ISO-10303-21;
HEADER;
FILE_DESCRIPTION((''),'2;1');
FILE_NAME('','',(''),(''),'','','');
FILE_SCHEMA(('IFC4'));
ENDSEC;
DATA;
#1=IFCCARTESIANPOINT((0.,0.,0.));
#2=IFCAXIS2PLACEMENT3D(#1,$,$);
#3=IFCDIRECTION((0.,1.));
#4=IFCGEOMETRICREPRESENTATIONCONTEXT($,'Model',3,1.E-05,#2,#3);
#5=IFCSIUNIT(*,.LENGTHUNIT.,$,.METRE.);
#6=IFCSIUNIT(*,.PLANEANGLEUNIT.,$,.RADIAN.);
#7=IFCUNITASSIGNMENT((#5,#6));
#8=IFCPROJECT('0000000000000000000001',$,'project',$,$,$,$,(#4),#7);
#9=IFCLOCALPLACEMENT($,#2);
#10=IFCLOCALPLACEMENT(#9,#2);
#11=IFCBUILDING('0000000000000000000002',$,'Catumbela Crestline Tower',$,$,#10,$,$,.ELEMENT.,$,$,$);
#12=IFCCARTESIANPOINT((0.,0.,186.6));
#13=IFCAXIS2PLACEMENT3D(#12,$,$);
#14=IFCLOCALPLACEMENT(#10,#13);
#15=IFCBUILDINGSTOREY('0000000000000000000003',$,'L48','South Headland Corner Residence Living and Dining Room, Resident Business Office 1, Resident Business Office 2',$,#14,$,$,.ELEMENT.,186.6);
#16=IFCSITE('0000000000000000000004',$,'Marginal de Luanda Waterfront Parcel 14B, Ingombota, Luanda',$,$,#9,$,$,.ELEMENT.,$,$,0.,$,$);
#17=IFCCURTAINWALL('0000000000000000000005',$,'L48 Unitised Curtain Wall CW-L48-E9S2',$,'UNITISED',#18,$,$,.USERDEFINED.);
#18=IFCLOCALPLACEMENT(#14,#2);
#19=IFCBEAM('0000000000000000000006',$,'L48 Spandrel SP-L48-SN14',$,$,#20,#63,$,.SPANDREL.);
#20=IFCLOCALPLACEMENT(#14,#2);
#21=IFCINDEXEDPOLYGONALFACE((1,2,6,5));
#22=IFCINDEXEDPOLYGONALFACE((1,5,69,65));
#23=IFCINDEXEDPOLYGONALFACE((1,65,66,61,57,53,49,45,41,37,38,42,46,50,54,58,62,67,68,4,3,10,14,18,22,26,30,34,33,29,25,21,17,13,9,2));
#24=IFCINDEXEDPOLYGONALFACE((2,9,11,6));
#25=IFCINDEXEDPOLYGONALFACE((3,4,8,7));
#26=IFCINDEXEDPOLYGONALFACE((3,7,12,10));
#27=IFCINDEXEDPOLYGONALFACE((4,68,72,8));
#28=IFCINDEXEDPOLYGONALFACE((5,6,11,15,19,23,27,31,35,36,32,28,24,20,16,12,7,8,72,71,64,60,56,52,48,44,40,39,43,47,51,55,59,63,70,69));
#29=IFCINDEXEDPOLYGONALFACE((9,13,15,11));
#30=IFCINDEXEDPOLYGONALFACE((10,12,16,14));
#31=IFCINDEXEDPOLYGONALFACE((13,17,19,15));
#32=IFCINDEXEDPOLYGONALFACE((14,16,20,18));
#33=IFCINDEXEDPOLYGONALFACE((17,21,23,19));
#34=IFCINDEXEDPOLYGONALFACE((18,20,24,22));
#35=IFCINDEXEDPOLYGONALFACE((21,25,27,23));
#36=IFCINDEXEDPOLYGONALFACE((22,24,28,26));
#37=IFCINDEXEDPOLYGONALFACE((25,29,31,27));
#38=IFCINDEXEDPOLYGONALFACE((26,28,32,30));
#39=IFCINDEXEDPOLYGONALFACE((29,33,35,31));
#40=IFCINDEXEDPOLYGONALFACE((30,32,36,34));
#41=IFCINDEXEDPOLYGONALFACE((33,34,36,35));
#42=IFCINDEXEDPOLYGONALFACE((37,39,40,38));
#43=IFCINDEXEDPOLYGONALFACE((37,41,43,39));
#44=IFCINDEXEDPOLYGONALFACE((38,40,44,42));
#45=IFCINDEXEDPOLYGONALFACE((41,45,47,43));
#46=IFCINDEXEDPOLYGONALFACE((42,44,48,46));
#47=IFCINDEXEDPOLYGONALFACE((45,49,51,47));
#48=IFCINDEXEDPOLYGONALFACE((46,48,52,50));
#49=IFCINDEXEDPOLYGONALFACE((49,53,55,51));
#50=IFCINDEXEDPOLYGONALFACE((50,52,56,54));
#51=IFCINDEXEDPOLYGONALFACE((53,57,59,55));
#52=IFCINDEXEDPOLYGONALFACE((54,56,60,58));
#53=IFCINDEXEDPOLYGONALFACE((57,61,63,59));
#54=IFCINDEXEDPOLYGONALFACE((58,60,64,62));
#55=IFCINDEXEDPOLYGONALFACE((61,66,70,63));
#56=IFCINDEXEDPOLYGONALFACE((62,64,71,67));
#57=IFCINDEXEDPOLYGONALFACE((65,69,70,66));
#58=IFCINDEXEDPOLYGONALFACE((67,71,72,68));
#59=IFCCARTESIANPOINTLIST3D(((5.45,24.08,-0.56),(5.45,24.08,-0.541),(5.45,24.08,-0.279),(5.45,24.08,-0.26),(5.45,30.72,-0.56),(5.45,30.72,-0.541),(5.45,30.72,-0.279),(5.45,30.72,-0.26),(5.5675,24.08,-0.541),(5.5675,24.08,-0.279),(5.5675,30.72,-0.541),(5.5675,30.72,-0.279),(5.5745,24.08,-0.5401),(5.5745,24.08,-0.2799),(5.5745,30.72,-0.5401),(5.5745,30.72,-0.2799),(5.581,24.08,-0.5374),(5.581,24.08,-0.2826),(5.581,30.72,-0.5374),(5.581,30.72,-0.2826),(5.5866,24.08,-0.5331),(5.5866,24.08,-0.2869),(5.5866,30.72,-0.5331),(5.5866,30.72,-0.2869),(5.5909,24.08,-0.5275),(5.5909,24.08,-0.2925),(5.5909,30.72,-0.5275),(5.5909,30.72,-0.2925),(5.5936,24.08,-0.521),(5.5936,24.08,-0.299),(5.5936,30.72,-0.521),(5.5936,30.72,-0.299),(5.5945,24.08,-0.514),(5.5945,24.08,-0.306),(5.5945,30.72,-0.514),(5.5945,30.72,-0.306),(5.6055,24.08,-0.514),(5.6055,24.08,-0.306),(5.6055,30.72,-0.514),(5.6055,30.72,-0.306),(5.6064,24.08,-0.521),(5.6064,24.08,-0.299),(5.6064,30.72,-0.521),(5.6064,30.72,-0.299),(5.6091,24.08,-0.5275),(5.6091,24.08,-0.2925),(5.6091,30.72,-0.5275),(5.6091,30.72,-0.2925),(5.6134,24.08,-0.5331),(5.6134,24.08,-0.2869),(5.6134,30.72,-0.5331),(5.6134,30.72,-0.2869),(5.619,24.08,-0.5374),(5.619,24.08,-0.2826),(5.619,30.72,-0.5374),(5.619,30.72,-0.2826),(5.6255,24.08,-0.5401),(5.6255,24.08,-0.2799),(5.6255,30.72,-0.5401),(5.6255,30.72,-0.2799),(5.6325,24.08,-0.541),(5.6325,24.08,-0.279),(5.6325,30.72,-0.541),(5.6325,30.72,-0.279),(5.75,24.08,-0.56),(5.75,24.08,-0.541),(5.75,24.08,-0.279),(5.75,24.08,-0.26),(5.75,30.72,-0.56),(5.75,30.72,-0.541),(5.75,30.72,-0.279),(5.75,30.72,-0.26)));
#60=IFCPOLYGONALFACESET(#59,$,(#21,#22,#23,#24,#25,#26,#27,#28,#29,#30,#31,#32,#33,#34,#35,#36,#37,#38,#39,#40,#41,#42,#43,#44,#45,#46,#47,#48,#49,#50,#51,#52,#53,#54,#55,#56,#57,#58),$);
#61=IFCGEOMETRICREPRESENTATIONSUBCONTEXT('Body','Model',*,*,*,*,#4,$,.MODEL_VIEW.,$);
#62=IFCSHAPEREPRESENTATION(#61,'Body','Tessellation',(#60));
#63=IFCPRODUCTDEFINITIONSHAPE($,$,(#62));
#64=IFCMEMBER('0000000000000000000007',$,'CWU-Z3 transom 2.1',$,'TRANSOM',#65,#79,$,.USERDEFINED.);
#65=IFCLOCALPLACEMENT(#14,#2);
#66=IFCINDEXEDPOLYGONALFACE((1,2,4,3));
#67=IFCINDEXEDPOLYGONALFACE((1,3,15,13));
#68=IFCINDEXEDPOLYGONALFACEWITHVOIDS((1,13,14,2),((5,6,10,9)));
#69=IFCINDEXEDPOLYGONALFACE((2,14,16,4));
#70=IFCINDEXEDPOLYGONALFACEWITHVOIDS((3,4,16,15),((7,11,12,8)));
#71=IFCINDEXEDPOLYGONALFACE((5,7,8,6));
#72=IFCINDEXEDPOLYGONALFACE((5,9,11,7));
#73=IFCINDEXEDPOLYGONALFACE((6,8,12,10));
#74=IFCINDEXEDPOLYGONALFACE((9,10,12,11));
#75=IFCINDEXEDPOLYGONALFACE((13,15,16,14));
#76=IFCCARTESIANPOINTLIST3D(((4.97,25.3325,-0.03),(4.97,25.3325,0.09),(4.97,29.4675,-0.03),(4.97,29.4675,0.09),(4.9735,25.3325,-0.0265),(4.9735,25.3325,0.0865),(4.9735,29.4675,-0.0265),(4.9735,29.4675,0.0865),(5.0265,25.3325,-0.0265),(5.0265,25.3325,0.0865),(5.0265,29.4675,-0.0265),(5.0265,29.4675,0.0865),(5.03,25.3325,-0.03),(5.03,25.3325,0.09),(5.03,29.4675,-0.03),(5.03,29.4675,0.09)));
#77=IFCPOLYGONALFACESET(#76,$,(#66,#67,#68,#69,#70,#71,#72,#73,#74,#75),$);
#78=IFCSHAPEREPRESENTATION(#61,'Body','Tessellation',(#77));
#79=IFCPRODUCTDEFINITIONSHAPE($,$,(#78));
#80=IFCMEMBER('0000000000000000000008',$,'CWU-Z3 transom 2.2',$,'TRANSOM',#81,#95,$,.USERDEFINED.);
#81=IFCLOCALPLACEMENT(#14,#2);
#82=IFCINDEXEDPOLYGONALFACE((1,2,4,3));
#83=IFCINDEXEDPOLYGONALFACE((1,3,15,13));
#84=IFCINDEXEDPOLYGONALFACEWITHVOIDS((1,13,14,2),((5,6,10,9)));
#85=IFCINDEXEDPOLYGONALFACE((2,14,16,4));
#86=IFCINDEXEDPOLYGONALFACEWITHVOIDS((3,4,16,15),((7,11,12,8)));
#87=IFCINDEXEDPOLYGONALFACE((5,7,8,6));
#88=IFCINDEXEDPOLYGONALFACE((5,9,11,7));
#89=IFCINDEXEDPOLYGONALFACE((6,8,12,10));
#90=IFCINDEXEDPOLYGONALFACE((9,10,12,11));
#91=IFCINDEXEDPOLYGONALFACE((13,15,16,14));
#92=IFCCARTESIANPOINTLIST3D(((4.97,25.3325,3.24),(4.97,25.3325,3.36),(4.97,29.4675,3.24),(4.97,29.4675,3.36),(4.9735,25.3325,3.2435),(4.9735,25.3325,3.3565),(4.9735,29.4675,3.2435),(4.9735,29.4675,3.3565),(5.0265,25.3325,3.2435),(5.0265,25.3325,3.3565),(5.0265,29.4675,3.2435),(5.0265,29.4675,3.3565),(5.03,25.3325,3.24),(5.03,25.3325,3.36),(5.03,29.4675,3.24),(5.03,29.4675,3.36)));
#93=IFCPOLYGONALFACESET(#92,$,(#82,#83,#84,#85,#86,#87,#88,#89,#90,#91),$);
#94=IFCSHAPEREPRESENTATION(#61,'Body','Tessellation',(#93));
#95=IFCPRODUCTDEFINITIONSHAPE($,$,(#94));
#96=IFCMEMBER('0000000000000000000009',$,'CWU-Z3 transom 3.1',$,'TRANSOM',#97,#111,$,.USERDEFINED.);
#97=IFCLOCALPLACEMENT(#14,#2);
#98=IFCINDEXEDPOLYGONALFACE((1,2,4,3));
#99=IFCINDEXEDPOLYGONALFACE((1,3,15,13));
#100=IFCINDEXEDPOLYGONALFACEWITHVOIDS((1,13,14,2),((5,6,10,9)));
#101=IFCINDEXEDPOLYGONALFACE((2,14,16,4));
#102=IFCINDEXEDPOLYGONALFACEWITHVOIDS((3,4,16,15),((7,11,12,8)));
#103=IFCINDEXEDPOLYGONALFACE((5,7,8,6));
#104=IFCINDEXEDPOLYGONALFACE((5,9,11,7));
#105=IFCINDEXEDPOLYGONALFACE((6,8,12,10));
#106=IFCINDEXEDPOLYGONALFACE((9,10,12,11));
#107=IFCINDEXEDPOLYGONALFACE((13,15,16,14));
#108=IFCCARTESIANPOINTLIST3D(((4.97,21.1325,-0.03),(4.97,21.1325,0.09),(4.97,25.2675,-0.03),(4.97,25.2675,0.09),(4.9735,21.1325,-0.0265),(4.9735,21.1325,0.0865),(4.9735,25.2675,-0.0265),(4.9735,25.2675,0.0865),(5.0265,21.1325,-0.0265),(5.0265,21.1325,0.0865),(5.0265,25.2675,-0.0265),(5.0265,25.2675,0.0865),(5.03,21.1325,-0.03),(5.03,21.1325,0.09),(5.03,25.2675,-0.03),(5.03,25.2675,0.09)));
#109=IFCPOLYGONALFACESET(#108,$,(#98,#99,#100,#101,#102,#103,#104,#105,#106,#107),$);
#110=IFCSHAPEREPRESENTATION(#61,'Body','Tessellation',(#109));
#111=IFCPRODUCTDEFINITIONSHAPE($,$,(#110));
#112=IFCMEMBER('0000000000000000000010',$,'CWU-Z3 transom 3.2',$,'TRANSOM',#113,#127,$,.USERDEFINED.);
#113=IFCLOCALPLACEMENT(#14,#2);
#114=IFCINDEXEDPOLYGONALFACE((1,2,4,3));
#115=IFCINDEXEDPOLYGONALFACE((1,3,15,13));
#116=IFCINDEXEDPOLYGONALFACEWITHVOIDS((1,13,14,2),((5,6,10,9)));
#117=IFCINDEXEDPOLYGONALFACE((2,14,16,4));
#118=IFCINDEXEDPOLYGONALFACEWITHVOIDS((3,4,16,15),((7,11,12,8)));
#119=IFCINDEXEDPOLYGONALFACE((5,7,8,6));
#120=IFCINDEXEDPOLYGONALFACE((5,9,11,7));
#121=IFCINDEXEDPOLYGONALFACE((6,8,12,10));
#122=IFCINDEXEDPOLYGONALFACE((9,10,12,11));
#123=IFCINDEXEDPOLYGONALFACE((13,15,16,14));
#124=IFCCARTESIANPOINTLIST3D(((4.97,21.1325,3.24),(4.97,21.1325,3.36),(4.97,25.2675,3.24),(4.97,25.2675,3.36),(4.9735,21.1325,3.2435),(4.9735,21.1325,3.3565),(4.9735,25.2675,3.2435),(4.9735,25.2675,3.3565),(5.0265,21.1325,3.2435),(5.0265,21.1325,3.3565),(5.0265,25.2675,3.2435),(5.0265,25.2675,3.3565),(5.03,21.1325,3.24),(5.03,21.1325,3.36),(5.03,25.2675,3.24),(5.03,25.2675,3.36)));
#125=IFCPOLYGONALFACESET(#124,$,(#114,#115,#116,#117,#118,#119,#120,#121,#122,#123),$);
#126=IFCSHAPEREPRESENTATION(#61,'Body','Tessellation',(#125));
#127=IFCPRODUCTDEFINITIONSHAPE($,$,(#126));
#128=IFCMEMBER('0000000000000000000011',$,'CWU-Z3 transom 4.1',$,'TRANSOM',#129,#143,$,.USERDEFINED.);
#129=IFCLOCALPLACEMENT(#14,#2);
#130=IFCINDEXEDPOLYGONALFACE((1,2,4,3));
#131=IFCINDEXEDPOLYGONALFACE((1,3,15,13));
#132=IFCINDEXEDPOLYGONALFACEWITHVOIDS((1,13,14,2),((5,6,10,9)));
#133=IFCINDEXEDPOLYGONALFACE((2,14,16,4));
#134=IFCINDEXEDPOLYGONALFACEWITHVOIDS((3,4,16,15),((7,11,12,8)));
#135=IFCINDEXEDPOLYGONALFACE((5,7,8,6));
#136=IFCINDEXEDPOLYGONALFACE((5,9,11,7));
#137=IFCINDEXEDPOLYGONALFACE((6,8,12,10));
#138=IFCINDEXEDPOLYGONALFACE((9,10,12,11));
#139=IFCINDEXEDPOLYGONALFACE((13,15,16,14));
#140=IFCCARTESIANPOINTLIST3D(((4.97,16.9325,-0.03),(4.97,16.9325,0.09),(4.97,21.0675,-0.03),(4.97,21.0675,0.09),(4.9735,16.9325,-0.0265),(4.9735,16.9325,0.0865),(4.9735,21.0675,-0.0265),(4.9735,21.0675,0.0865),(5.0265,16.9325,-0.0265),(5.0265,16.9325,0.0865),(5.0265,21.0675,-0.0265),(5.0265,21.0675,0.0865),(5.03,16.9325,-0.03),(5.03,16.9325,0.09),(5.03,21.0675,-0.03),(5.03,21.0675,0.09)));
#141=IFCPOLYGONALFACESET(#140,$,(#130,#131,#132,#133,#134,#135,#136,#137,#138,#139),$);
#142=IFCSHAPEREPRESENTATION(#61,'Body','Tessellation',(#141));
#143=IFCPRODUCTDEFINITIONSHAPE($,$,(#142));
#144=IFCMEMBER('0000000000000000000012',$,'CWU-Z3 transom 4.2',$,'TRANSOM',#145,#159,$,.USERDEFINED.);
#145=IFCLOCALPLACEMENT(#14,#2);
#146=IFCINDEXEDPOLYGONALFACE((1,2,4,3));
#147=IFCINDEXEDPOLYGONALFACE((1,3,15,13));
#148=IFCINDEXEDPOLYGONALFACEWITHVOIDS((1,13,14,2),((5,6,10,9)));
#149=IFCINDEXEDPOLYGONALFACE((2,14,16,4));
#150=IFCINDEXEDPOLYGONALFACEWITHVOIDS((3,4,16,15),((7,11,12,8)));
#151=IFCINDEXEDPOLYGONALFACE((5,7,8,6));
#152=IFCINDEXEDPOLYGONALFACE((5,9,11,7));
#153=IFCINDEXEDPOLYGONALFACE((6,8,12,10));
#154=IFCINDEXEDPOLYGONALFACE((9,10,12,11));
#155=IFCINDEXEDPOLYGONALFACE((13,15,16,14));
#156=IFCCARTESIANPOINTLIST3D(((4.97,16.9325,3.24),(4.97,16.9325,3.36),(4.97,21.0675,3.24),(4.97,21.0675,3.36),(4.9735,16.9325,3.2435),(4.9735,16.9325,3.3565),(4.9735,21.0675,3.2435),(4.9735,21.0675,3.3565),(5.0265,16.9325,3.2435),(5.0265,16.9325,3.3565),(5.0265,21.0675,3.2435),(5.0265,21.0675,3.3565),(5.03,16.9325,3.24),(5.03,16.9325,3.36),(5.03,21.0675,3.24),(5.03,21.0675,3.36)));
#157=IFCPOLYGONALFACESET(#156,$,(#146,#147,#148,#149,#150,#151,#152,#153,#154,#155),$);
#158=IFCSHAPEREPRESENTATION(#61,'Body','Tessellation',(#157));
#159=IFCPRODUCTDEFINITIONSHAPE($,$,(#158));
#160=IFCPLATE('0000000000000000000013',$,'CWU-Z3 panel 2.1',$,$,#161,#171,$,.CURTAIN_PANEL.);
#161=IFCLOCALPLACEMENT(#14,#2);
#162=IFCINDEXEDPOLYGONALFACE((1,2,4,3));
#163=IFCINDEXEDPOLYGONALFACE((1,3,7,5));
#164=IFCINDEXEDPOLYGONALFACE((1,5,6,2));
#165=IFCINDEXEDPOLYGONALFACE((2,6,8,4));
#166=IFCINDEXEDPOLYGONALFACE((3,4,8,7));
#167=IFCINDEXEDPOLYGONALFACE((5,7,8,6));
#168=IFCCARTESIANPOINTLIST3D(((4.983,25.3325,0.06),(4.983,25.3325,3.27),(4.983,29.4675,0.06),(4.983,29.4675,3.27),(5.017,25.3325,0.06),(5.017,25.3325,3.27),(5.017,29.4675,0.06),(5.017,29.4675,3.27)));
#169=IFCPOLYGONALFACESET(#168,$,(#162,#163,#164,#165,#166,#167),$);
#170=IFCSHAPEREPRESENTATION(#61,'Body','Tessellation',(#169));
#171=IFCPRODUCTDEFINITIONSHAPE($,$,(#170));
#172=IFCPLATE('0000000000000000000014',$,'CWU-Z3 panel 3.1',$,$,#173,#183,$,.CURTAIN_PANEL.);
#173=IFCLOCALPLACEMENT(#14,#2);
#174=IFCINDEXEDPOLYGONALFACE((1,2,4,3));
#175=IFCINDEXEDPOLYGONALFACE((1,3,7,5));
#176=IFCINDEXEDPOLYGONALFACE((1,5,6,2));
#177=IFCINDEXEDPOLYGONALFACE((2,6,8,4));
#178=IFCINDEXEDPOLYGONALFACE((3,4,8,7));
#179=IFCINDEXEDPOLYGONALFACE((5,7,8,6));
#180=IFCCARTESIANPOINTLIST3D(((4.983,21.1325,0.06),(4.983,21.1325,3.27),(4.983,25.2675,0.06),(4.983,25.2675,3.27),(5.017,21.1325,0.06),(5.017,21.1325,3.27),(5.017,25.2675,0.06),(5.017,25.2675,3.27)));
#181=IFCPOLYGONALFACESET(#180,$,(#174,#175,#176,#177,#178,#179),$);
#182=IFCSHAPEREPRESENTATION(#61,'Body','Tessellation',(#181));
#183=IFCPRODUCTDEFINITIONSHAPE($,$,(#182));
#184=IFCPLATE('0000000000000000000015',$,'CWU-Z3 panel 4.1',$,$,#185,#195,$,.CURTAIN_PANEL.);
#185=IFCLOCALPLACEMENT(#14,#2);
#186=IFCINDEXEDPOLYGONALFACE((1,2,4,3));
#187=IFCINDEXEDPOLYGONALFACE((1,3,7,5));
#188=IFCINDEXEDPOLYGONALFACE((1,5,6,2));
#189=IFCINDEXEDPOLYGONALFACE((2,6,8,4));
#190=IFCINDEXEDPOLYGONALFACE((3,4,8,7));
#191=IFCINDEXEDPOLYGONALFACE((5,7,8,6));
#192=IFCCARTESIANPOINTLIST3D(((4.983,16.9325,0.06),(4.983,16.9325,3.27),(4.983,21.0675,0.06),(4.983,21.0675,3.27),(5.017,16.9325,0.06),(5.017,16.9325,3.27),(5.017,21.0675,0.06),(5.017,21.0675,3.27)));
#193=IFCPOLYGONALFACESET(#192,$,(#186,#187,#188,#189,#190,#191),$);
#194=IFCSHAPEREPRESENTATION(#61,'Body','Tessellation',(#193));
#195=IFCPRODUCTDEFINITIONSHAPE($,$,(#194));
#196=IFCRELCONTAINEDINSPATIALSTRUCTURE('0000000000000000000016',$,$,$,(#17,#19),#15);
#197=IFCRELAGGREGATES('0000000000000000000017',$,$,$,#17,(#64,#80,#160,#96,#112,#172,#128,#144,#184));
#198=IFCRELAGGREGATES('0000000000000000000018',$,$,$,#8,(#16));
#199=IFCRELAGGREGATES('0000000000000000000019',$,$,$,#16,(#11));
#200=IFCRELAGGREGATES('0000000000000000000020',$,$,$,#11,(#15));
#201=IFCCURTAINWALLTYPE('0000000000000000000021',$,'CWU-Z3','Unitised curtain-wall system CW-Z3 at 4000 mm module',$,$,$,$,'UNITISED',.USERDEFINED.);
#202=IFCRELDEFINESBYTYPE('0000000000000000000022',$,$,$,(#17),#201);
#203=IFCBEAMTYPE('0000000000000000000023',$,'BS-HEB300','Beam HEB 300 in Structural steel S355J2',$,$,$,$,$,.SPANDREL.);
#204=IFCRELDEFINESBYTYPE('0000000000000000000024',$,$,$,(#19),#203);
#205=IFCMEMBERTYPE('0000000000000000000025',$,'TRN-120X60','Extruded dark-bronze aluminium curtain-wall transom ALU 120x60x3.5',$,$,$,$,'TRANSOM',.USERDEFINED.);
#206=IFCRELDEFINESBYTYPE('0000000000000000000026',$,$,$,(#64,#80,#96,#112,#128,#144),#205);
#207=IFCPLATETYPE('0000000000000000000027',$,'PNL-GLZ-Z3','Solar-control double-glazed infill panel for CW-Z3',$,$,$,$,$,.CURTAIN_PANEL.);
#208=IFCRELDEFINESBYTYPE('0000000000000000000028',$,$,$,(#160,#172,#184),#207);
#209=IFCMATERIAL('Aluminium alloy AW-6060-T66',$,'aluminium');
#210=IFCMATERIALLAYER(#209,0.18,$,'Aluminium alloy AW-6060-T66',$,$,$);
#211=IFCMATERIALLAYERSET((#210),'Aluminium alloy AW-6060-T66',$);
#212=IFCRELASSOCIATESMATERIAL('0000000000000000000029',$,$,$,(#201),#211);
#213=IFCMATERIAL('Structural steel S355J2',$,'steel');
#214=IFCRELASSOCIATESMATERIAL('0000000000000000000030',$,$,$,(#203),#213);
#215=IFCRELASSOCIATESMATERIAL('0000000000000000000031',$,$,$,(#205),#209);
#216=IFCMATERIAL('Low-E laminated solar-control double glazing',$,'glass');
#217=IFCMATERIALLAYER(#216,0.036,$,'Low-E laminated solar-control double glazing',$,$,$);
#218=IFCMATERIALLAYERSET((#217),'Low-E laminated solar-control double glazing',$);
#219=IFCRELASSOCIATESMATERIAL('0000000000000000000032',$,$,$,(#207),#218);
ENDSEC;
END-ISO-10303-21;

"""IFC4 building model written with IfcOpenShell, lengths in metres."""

from ifc_helpers import new_model, si_unit, direction, frame, origin, origin_2d, place, context, subcontext, project, spatial, rectangle, hollow_rectangle, i_section, extrude, material, layer, layer_set, material_profile, profile_set, type_object, element, aggregate, save


model = new_model("IFC4")

# Units and contexts
model_context = context("Model", 3, precision=1e-05, world=origin(), true_north=direction((0.0, 1.0)))
body_context = subcontext(model_context, "Body", "Model", "MODEL_VIEW")
ifc_project = project(units=[si_unit("LENGTHUNIT", "METRE"), si_unit("PLANEANGLEUNIT", "RADIAN")], contexts=[model_context])

# Site, building, storey
site_placement = place(None, origin())
site = spatial("IfcSite", under=ifc_project, at=site_placement, Name="Marginal de Luanda Waterfront Parcel 14B, Ingombota, Luanda", CompositionType="ELEMENT", RefElevation=0.0)
building_placement = place(site_placement, origin())
building = spatial("IfcBuilding", under=site, at=building_placement, Name="Catumbela Crestline Tower", CompositionType="ELEMENT")
storey_placement = place(building_placement, frame((0.0, 0.0, 186.6)))
storey = spatial("IfcBuildingStorey", under=building, at=storey_placement, Name="L48", Description="South Headland Corner Residence Living and Dining Room, Resident Business Office 1, Resident Business Office 2", CompositionType="ELEMENT", Elevation=186.6)

# Shared definitions
ifc_material_1 = material(Name="Structural steel S355J2", Category="steel")

# Curtain wall
ifc_material_2 = material(Name="Aluminium alloy AW-6060-T66", Category="aluminium")
ifc_layer_1 = layer(ifc_material_2, 0.18, Name="Aluminium alloy AW-6060-T66")
ifc_layer_set_1 = layer_set([ifc_layer_1], Name="Aluminium alloy AW-6060-T66")
curtain_wall_type = type_object("IfcCurtainWallType", Name="CWU-Z3", Description="Unitised curtain-wall system CW-Z3 at 4000 mm module", ElementType="UNITISED", PredefinedType="USERDEFINED", material=ifc_layer_set_1)
curtain_wall_placement = place(storey_placement, origin())
curtain_wall = element("IfcCurtainWall", 1, at=curtain_wall_placement, inside=storey, type_object=curtain_wall_type, Name="L48 Unitised Curtain Wall CW-L48-E9S2", ObjectType="UNITISED", PredefinedType="USERDEFINED")

# Beam
ifc_material_profile_1 = material_profile(ifc_material_1, i_section(OverallWidth=0.3, OverallDepth=0.3, WebThickness=0.011, FlangeThickness=0.019, FilletRadius=0.027, at=origin_2d()), Name="HEB 300")
ifc_profile_set_1 = profile_set([ifc_material_profile_1], Name="Structural steel S355J2")
beam_type_1 = type_object("IfcBeamType", Name="BS-HEB300", Description="Beam HEB 300 in Structural steel S355J2", PredefinedType="SPANDREL", material=ifc_profile_set_1)
beam_placement = place(storey_placement, frame((5.6, 24.08, -0.41), z_axis=(0.0, 1.0, 0.0), x_axis=(-1.0, 0.0, 0.0)))
element("IfcBeam", 2, at=beam_placement, inside=storey, type_object=beam_type_1, Name="L48 Spandrel SP-L48-SN14", PredefinedType="SPANDREL", context=body_context, shape_type="SweptSolid", body=[
    extrude(i_section(OverallWidth=0.3, OverallDepth=0.3, WebThickness=0.011, FlangeThickness=0.019, FilletRadius=0.027, at=origin_2d()), origin(), (0.0, 0.0, 1.0), 6.64),
])

# Members
ifc_material_profile_2 = material_profile(ifc_material_2, hollow_rectangle(XDim=0.06, YDim=0.12, WallThickness=0.0035, at=origin_2d()), Name="ALU 120x60x3.5")
ifc_profile_set_2 = profile_set([ifc_material_profile_2], Name="Aluminium alloy AW-6060-T66")
member_type_1 = type_object("IfcMemberType", Name="TRN-120X60", Description="Extruded dark-bronze aluminium curtain-wall transom ALU 120x60x3.5", ElementType="TRANSOM", PredefinedType="USERDEFINED", material=ifc_profile_set_2)
member_1_placement = place(storey_placement, frame((5.0, 29.4675, 0.03), z_axis=(0.0, -1.0, 0.0), x_axis=(1.0, 0.0, 0.0)))
member_1 = element("IfcMember", 3, at=member_1_placement, type_object=member_type_1, Name="CWU-Z3 transom 2.1", ObjectType="TRANSOM", PredefinedType="USERDEFINED", context=body_context, shape_type="SweptSolid", body=[
    extrude(hollow_rectangle(XDim=0.06, YDim=0.12, WallThickness=0.0035, at=origin_2d()), origin(), (0.0, 0.0, 1.0), 4.135),
])
member_2_placement = place(storey_placement, frame((5.0, 29.4675, 3.3), z_axis=(0.0, -1.0, 0.0), x_axis=(1.0, 0.0, 0.0)))
member_2 = element("IfcMember", 4, at=member_2_placement, type_object=member_type_1, Name="CWU-Z3 transom 2.2", ObjectType="TRANSOM", PredefinedType="USERDEFINED", context=body_context, shape_type="SweptSolid", body=[
    extrude(hollow_rectangle(XDim=0.06, YDim=0.12, WallThickness=0.0035, at=origin_2d()), origin(), (0.0, 0.0, 1.0), 4.135),
])
member_3_placement = place(storey_placement, frame((5.0, 25.2675, 0.03), z_axis=(0.0, -1.0, 0.0), x_axis=(1.0, 0.0, 0.0)))
member_3 = element("IfcMember", 5, at=member_3_placement, type_object=member_type_1, Name="CWU-Z3 transom 3.1", ObjectType="TRANSOM", PredefinedType="USERDEFINED", context=body_context, shape_type="SweptSolid", body=[
    extrude(hollow_rectangle(XDim=0.06, YDim=0.12, WallThickness=0.0035, at=origin_2d()), origin(), (0.0, 0.0, 1.0), 4.135),
])
member_4_placement = place(storey_placement, frame((5.0, 25.2675, 3.3), z_axis=(0.0, -1.0, 0.0), x_axis=(1.0, 0.0, 0.0)))
member_4 = element("IfcMember", 6, at=member_4_placement, type_object=member_type_1, Name="CWU-Z3 transom 3.2", ObjectType="TRANSOM", PredefinedType="USERDEFINED", context=body_context, shape_type="SweptSolid", body=[
    extrude(hollow_rectangle(XDim=0.06, YDim=0.12, WallThickness=0.0035, at=origin_2d()), origin(), (0.0, 0.0, 1.0), 4.135),
])
member_5_placement = place(storey_placement, frame((5.0, 21.0675, 0.03), z_axis=(0.0, -1.0, 0.0), x_axis=(1.0, 0.0, 0.0)))
member_5 = element("IfcMember", 7, at=member_5_placement, type_object=member_type_1, Name="CWU-Z3 transom 4.1", ObjectType="TRANSOM", PredefinedType="USERDEFINED", context=body_context, shape_type="SweptSolid", body=[
    extrude(hollow_rectangle(XDim=0.06, YDim=0.12, WallThickness=0.0035, at=origin_2d()), origin(), (0.0, 0.0, 1.0), 4.135),
])
member_6_placement = place(storey_placement, frame((5.0, 21.0675, 3.3), z_axis=(0.0, -1.0, 0.0), x_axis=(1.0, 0.0, 0.0)))
member_6 = element("IfcMember", 8, at=member_6_placement, type_object=member_type_1, Name="CWU-Z3 transom 4.2", ObjectType="TRANSOM", PredefinedType="USERDEFINED", context=body_context, shape_type="SweptSolid", body=[
    extrude(hollow_rectangle(XDim=0.06, YDim=0.12, WallThickness=0.0035, at=origin_2d()), origin(), (0.0, 0.0, 1.0), 4.135),
])

# Plates
ifc_material_3 = material(Name="Low-E laminated solar-control double glazing", Category="glass")
ifc_layer_2 = layer(ifc_material_3, 0.036, Name="Low-E laminated solar-control double glazing")
ifc_layer_set_2 = layer_set([ifc_layer_2], Name="Low-E laminated solar-control double glazing")
plate_type = type_object("IfcPlateType", Name="PNL-GLZ-Z3", Description="Solar-control double-glazed infill panel for CW-Z3", PredefinedType="CURTAIN_PANEL", material=ifc_layer_set_2)
plate_1_placement = place(storey_placement, frame((5.0, 27.4, 0.06), z_axis=(0.0, 0.0, 1.0), x_axis=(0.0, -1.0, 0.0)))
plate_1 = element("IfcPlate", 9, at=plate_1_placement, type_object=plate_type, Name="CWU-Z3 panel 2.1", PredefinedType="CURTAIN_PANEL", context=body_context, shape_type="SweptSolid", body=[
    extrude(rectangle(XDim=4.135, YDim=0.034, at=origin_2d()), origin(), (0.0, 0.0, 1.0), 3.21),
])
plate_2_placement = place(storey_placement, frame((5.0, 23.2, 0.06), z_axis=(0.0, 0.0, 1.0), x_axis=(0.0, -1.0, 0.0)))
plate_2 = element("IfcPlate", 10, at=plate_2_placement, type_object=plate_type, Name="CWU-Z3 panel 3.1", PredefinedType="CURTAIN_PANEL", context=body_context, shape_type="SweptSolid", body=[
    extrude(rectangle(XDim=4.135, YDim=0.034, at=origin_2d()), origin(), (0.0, 0.0, 1.0), 3.21),
])
plate_3_placement = place(storey_placement, frame((5.0, 19.0, 0.06), z_axis=(0.0, 0.0, 1.0), x_axis=(0.0, -1.0, 0.0)))
plate_3 = element("IfcPlate", 11, at=plate_3_placement, type_object=plate_type, Name="CWU-Z3 panel 4.1", PredefinedType="CURTAIN_PANEL", context=body_context, shape_type="SweptSolid", body=[
    extrude(rectangle(XDim=4.135, YDim=0.034, at=origin_2d()), origin(), (0.0, 0.0, 1.0), 3.21),
])
aggregate(curtain_wall, [member_1, member_2, plate_1, member_3, member_4, plate_2, member_5, member_6, plate_3])

save(model, "model.ifc")
